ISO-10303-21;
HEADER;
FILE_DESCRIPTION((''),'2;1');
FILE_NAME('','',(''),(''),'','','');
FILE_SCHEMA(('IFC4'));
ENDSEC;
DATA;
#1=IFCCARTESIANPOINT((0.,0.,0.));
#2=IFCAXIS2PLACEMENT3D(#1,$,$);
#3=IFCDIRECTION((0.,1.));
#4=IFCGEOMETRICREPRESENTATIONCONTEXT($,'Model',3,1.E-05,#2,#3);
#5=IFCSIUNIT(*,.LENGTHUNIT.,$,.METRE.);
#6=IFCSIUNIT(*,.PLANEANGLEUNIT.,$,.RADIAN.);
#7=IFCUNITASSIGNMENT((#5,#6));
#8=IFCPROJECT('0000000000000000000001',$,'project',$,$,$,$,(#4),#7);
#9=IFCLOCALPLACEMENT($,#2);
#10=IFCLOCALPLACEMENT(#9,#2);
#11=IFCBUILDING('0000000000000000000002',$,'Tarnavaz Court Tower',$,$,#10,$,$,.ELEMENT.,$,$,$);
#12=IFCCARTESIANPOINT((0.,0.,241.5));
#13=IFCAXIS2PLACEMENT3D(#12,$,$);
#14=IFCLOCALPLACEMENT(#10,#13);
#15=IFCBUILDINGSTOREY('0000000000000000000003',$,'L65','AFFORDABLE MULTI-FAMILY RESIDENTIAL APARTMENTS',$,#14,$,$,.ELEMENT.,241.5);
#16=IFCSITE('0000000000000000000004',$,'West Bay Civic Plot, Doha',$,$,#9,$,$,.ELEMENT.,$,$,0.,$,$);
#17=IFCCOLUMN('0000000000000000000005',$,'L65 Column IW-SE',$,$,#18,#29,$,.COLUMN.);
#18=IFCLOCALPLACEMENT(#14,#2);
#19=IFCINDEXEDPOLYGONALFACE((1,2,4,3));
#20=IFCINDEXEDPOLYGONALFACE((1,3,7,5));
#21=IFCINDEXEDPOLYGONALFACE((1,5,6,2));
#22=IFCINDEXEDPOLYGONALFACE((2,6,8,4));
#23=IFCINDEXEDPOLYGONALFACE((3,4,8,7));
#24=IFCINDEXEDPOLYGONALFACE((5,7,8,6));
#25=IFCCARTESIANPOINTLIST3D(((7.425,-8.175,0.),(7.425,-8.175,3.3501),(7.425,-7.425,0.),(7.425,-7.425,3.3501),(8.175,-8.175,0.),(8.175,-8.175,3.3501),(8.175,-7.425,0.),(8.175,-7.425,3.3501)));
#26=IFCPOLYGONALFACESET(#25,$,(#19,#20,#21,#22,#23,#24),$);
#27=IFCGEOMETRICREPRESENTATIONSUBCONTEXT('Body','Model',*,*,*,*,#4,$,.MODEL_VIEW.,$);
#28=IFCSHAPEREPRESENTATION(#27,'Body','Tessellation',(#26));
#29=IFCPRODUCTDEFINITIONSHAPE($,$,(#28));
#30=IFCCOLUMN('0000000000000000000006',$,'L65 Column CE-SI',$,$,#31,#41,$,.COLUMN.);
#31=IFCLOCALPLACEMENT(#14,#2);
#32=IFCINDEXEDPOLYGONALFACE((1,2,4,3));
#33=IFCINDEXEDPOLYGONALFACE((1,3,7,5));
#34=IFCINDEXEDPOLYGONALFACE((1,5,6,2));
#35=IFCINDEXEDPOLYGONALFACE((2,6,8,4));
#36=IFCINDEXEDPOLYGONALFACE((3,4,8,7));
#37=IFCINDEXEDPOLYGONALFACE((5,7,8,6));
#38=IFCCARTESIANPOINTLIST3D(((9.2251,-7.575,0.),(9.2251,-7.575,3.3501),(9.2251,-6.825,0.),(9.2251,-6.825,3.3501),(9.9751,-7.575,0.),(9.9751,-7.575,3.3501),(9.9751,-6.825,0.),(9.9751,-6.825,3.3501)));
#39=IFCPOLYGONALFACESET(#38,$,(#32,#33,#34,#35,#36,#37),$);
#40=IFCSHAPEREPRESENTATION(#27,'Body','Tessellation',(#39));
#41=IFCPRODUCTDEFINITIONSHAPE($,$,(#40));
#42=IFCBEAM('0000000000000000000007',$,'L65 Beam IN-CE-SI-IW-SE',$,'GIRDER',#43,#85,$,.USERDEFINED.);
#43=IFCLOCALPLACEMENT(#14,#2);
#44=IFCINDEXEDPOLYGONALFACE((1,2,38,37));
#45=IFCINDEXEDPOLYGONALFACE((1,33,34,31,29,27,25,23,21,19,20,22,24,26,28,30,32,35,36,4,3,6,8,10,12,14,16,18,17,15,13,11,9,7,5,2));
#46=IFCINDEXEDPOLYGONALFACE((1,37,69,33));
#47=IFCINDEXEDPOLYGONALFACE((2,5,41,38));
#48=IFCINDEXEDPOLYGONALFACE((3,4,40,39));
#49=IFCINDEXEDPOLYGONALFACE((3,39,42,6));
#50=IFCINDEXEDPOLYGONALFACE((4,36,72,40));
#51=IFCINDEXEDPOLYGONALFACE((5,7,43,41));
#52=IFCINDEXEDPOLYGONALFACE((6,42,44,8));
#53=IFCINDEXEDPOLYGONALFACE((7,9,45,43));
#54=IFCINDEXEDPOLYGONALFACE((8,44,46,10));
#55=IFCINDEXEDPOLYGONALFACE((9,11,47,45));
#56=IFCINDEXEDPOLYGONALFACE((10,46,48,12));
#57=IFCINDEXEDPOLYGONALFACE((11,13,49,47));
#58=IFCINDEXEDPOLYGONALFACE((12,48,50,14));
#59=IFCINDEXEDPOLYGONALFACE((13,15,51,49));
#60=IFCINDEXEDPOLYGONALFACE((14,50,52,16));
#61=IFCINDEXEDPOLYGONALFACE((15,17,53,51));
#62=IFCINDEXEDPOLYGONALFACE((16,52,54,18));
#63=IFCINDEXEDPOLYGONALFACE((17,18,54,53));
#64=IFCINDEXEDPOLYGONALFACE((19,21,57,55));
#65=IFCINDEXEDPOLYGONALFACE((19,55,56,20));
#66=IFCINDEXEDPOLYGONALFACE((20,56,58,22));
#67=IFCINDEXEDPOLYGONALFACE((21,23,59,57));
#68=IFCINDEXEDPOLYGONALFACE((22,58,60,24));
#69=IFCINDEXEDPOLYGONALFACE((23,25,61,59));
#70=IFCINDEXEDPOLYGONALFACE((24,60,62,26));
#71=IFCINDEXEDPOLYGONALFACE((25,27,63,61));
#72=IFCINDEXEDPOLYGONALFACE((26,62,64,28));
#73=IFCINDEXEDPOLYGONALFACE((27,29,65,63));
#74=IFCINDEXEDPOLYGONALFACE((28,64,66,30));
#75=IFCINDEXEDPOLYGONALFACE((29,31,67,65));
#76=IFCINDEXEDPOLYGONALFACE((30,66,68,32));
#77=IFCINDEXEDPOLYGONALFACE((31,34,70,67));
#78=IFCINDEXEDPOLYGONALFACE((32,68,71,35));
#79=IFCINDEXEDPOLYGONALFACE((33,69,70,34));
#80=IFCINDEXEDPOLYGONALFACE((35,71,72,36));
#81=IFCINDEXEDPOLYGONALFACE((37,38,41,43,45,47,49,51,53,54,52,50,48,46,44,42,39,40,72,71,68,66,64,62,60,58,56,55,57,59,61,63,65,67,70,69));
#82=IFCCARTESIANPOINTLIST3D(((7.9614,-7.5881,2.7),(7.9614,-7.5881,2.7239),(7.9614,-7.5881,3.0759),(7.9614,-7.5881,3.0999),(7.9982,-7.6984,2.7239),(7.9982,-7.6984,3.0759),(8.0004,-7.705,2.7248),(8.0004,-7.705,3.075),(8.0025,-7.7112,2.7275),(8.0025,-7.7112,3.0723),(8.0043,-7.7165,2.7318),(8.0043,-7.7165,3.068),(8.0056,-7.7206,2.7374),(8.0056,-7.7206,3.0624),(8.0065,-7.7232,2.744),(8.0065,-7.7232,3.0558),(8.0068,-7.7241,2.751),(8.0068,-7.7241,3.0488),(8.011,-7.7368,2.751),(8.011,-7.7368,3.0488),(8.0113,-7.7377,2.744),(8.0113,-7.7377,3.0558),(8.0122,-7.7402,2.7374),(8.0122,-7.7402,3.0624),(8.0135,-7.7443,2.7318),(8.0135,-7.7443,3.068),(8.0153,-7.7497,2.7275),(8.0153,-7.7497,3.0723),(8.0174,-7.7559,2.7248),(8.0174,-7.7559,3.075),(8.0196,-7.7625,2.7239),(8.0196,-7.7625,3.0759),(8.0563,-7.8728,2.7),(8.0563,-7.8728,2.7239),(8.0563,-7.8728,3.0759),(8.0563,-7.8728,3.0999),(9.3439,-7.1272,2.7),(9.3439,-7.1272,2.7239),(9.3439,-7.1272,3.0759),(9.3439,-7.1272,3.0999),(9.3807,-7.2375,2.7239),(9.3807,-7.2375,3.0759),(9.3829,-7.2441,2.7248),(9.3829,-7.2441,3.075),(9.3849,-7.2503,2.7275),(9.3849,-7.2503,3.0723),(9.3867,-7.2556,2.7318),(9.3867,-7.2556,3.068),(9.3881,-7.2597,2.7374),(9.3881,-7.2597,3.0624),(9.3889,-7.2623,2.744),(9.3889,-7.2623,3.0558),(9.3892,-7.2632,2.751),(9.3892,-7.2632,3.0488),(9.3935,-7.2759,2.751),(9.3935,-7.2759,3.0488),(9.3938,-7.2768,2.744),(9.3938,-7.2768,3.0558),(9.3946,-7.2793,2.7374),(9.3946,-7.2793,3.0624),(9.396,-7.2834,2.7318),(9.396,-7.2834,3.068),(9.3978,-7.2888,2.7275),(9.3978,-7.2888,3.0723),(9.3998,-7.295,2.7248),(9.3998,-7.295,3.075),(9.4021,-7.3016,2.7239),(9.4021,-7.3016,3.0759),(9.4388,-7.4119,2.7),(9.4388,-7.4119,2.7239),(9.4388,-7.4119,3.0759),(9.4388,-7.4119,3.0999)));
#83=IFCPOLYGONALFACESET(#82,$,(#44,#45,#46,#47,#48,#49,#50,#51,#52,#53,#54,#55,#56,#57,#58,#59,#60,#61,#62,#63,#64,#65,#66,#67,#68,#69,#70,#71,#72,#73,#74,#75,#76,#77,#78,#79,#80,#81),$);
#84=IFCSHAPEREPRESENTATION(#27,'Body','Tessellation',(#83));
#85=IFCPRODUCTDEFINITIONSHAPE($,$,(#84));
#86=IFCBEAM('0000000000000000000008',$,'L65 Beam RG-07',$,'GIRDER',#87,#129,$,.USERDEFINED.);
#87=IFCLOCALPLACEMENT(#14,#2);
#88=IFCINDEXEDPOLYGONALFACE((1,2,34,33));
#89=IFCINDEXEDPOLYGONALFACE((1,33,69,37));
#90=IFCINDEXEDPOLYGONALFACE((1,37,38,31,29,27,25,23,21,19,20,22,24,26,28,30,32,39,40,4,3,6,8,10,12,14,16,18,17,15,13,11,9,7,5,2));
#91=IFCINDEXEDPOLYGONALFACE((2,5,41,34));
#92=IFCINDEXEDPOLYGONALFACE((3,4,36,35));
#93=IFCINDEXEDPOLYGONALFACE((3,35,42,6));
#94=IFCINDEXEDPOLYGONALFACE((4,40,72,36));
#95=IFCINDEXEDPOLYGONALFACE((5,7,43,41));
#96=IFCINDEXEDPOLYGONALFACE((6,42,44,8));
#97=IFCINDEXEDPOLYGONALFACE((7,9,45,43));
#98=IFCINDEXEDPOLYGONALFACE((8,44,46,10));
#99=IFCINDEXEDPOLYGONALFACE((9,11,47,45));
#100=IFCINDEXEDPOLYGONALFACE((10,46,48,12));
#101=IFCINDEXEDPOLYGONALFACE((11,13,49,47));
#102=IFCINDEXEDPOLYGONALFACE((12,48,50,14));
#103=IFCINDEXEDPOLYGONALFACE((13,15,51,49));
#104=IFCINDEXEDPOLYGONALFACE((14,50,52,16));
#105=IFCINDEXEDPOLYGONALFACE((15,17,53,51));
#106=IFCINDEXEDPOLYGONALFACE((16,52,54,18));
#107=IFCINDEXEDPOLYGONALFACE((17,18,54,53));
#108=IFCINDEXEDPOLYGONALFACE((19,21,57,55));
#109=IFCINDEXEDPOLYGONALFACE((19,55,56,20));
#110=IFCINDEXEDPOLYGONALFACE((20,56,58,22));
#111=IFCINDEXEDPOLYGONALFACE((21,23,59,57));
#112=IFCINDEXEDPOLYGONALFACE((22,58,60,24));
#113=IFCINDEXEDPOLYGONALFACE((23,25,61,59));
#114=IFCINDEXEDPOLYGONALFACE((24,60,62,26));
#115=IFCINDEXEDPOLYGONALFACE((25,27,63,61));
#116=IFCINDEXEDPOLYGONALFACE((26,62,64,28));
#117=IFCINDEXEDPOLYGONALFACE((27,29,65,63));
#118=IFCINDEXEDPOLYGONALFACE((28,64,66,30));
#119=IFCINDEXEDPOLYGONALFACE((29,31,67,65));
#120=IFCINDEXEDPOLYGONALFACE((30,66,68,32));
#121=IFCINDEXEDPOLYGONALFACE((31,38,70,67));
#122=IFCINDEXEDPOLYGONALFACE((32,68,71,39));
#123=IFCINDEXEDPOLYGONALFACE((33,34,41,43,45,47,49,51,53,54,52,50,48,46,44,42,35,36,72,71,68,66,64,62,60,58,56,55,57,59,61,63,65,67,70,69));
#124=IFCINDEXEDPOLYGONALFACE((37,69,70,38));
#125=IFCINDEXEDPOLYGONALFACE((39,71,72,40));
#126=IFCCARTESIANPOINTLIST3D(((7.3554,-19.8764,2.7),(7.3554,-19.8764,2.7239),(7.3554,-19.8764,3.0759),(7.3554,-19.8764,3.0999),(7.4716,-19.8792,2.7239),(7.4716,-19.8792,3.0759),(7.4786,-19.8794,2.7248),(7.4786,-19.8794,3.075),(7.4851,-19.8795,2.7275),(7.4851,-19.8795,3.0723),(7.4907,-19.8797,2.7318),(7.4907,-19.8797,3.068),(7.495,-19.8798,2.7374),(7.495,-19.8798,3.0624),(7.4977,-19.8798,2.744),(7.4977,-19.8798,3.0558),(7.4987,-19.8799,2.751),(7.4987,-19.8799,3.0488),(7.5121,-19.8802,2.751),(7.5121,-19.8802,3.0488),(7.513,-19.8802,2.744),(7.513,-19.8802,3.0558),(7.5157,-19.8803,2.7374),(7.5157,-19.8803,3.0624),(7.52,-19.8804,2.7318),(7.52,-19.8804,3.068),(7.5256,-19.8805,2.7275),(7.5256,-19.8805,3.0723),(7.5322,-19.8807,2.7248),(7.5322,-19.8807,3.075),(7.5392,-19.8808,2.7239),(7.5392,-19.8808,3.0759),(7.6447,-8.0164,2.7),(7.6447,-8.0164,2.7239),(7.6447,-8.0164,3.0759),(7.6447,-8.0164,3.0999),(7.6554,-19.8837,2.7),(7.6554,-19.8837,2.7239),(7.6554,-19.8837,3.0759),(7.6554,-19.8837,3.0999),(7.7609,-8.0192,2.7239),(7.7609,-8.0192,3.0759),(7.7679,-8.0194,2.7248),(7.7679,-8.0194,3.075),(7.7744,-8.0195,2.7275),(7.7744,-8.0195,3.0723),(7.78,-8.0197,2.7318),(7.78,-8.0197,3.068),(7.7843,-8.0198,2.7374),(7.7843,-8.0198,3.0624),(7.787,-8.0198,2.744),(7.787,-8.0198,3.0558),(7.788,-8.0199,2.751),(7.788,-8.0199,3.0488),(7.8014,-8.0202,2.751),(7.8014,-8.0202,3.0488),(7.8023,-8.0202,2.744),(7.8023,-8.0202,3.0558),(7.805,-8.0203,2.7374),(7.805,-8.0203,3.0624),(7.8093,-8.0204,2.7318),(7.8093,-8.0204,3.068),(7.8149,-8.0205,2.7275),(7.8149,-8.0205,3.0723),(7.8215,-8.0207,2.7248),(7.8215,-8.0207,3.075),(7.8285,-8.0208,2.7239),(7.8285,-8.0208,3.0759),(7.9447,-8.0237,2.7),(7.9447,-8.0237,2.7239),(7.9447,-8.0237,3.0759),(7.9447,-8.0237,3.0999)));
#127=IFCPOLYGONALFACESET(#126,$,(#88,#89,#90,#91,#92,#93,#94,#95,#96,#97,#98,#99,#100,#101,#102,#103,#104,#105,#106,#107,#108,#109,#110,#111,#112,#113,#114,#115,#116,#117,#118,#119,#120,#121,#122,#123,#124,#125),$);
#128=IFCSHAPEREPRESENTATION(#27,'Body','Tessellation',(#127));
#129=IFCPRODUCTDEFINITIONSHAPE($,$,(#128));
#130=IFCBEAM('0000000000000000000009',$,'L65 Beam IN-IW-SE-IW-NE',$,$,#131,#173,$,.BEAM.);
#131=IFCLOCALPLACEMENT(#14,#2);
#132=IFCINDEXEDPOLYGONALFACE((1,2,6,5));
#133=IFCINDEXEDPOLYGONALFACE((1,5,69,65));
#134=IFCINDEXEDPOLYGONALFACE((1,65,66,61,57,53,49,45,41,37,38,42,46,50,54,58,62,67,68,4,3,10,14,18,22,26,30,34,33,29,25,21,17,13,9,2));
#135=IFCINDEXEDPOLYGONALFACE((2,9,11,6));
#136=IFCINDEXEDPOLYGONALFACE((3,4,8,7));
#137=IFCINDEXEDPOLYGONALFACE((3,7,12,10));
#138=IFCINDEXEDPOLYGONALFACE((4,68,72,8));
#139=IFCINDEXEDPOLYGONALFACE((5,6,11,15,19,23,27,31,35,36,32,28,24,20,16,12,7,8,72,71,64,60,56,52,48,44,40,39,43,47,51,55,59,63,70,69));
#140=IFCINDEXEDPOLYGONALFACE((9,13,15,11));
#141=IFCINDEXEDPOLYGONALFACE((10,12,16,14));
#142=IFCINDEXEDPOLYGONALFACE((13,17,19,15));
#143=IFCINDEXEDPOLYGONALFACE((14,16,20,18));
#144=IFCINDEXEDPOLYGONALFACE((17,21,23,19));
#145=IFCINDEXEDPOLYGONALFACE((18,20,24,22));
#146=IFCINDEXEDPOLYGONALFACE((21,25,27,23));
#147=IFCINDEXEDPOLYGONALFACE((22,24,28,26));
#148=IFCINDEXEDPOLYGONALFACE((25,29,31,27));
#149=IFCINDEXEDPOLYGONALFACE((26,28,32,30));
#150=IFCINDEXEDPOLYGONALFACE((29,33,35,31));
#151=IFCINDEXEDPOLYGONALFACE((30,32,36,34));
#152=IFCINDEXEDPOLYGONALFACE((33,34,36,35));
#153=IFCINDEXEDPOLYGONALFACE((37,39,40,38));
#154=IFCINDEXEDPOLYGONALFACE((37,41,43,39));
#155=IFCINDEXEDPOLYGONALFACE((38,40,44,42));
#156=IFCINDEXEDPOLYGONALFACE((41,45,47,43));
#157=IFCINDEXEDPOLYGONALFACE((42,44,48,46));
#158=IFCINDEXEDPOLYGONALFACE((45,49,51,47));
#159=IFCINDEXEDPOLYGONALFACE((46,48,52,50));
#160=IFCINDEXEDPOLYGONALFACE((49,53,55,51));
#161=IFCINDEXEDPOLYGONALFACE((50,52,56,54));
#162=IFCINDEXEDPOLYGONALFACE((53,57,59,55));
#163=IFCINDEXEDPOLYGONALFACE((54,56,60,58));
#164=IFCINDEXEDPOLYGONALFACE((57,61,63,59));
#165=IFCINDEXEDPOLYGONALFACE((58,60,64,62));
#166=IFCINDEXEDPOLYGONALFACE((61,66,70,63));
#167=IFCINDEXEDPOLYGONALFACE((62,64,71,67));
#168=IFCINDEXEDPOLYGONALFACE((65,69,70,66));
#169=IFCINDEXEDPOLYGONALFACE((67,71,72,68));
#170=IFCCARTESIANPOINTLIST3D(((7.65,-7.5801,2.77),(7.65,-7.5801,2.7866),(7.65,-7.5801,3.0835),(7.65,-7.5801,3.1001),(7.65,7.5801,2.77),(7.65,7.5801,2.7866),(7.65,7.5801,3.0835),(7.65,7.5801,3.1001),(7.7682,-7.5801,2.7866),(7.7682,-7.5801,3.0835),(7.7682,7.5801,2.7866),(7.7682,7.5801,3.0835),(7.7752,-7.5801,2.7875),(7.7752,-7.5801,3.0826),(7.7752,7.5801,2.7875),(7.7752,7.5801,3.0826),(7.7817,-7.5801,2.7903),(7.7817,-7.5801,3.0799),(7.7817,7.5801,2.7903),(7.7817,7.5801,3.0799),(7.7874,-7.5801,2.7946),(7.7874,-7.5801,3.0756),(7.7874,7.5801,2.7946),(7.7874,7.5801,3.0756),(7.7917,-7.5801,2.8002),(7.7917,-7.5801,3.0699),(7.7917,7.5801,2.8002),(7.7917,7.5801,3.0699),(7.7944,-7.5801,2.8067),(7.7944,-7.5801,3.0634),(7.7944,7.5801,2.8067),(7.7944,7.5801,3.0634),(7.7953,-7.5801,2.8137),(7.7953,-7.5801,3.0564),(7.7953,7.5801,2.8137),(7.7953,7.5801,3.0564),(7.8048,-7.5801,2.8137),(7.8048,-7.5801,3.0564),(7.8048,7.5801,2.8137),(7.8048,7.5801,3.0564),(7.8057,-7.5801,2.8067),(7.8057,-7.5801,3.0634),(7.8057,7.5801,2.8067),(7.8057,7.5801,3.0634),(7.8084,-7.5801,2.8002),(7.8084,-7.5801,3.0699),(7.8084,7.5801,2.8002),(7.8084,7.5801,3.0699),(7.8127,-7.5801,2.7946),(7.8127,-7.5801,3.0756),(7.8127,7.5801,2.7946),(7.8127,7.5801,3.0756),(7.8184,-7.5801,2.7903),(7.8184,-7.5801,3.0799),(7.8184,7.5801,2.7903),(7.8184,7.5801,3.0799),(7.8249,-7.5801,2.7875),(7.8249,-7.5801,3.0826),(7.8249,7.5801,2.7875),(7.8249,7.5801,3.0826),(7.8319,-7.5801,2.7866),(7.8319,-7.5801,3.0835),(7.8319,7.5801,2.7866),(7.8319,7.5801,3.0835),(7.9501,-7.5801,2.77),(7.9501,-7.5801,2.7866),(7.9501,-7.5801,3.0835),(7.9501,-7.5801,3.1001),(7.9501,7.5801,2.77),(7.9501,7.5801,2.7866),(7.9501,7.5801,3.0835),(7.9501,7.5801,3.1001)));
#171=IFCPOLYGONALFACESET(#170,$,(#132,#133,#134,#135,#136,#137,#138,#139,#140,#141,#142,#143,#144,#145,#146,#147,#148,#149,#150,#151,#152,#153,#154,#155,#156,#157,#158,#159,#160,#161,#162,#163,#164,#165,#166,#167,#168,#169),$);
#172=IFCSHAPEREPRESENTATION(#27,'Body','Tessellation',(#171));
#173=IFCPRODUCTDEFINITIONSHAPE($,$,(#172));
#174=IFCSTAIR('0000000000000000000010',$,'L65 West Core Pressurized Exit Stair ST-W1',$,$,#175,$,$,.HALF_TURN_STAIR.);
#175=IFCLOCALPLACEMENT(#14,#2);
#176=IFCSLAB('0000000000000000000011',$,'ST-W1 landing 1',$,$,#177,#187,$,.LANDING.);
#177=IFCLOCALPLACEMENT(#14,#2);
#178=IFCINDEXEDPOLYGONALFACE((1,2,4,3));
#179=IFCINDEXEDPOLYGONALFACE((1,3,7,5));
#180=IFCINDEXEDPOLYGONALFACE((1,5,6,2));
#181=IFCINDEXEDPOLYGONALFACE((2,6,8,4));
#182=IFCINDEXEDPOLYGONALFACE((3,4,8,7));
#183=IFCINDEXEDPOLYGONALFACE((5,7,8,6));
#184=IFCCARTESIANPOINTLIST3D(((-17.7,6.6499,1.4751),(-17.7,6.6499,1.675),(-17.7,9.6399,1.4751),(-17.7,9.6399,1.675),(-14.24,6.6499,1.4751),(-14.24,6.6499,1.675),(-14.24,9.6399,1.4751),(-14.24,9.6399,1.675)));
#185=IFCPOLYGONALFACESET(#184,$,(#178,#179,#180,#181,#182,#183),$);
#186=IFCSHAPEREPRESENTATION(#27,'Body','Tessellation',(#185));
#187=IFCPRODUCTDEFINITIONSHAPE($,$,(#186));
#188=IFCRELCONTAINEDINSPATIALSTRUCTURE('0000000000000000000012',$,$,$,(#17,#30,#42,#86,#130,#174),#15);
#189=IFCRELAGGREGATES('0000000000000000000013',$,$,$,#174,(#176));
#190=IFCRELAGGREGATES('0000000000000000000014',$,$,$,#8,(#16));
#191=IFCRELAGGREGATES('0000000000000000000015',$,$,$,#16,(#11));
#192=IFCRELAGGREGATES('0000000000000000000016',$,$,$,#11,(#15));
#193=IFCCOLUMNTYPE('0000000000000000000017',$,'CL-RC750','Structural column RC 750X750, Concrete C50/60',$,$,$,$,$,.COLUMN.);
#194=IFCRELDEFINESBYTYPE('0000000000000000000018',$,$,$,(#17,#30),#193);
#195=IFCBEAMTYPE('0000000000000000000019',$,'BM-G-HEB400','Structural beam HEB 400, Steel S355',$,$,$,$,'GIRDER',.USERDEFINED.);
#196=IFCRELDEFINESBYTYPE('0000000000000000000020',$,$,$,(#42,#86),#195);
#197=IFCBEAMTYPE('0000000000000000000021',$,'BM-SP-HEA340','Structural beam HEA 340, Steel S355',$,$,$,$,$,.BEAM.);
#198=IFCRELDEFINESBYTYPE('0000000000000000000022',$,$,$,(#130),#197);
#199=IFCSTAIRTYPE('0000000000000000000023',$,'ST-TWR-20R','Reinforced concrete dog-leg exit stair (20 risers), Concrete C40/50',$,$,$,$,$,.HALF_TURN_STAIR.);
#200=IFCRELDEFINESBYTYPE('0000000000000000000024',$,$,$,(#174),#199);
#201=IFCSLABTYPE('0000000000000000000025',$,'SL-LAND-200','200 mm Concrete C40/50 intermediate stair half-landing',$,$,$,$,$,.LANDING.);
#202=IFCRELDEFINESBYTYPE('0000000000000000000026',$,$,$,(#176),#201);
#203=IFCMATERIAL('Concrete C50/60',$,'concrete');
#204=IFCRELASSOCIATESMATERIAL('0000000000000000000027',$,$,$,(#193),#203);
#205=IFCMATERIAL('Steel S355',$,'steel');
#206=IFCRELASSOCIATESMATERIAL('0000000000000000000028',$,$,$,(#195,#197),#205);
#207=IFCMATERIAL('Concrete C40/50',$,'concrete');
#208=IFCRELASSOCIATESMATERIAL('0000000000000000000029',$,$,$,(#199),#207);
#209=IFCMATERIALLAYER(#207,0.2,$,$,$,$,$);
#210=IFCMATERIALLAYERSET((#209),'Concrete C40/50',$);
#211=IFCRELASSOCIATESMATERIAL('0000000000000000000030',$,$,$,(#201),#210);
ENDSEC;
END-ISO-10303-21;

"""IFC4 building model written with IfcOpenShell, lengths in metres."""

from ifc_helpers import new_model, si_unit, direction, frame, origin, origin_2d, place, context, subcontext, project, spatial, polyline, rectangle, i_section, outline, extrude, material, layer, layer_set, material_profile, profile_set, type_object, element, aggregate, save


model = new_model("IFC4")

# Units and contexts
model_context = context("Model", 3, precision=1e-05, world=origin(), true_north=direction((0.0, 1.0)))
body_context = subcontext(model_context, "Body", "Model", "MODEL_VIEW")
ifc_project = project(units=[si_unit("LENGTHUNIT", "METRE"), si_unit("PLANEANGLEUNIT", "RADIAN")], contexts=[model_context])

# Site, building, storey
site_placement = place(None, origin())
site = spatial("IfcSite", under=ifc_project, at=site_placement, Name="West Bay Civic Plot, Doha", CompositionType="ELEMENT", RefElevation=0.0)
building_placement = place(site_placement, origin())
building = spatial("IfcBuilding", under=site, at=building_placement, Name="Tarnavaz Court Tower", CompositionType="ELEMENT")
storey_placement = place(building_placement, frame((0.0, 0.0, 241.5)))
storey = spatial("IfcBuildingStorey", under=building, at=storey_placement, Name="L65", Description="AFFORDABLE MULTI-FAMILY RESIDENTIAL APARTMENTS", CompositionType="ELEMENT", Elevation=241.5)

# Columns
ifc_material_1 = material(Name="Concrete C50/60", Category="concrete")
ifc_material_profile_1 = material_profile(ifc_material_1, rectangle(XDim=0.75, YDim=0.75, at=origin_2d()), Name="RC 750X750")
ifc_profile_set_1 = profile_set([ifc_material_profile_1], Name="Concrete C50/60")
column_type = type_object("IfcColumnType", Name="CL-RC750", Description="Structural column RC 750X750, Concrete C50/60", PredefinedType="COLUMN", material=ifc_profile_set_1)
for number, where, z_axis, x_axis, name in (
    (1, (7.8, -7.8, 0.0), (0.0, 0.0, 1.0), (1.0, 0.0, 0.0), "L65 Column IW-SE"),
    (2, (9.6001, -7.2, 0.0), (0.0, 0.0, 1.0), (1.0, 0.0, 0.0), "L65 Column CE-SI"),
):
    element("IfcColumn", number, at=place(storey_placement, frame(where, z_axis=z_axis, x_axis=x_axis)), inside=storey, type_object=column_type, Name=name, PredefinedType="COLUMN", context=body_context, shape_type="SweptSolid", body=[
        extrude(rectangle(XDim=0.75, YDim=0.75, at=origin_2d()), origin(), (0.0, 0.0, 1.0), 3.3501),
    ])

# Beams
ifc_material_2 = material(Name="Steel S355", Category="steel")
ifc_material_profile_2 = material_profile(ifc_material_2, i_section(OverallWidth=0.3, OverallDepth=0.3999, WebThickness=0.0134, FlangeThickness=0.0239, FilletRadius=0.0271, at=origin_2d()), Name="HEB 400")
ifc_profile_set_2 = profile_set([ifc_material_profile_2], Name="Steel S355")
beam_type_1 = type_object("IfcBeamType", Name="BM-G-HEB400", Description="Structural beam HEB 400, Steel S355", ElementType="GIRDER", PredefinedType="USERDEFINED", material=ifc_profile_set_2)
beam_1_placement = place(storey_placement, frame((9.3914, -7.2695, 2.8999), z_axis=(-0.948667, -0.316278, 0.0), x_axis=(0.316278, -0.948667, 0.0)))
element("IfcBeam", 3, at=beam_1_placement, inside=storey, type_object=beam_type_1, Name="L65 Beam IN-CE-SI-IW-SE", ObjectType="GIRDER", PredefinedType="USERDEFINED", context=body_context, shape_type="SweptSolid", body=[
    extrude(i_section(OverallWidth=0.3, OverallDepth=0.3999, WebThickness=0.0134, FlangeThickness=0.0239, FilletRadius=0.0271, at=origin_2d()), origin(), (0.0, 0.0, 1.0), 1.4573),
])
beam_2_placement = place(storey_placement, frame((7.7947, -8.02, 2.8999), z_axis=(-0.024386, -0.999703, 0.0), x_axis=(0.999703, -0.024386, 0.0)))
element("IfcBeam", 4, at=beam_2_placement, inside=storey, type_object=beam_type_1, Name="L65 Beam RG-07", ObjectType="GIRDER", PredefinedType="USERDEFINED", context=body_context, shape_type="SweptSolid", body=[
    extrude(i_section(OverallWidth=0.3, OverallDepth=0.3999, WebThickness=0.0134, FlangeThickness=0.0239, FilletRadius=0.0271, at=origin_2d()), origin(), (0.0, 0.0, 1.0), 11.8635),
])
ifc_material_profile_3 = material_profile(ifc_material_2, i_section(OverallWidth=0.3, OverallDepth=0.3301, WebThickness=0.0095, FlangeThickness=0.0166, FilletRadius=0.0271, at=origin_2d()), Name="HEA 340")
ifc_profile_set_3 = profile_set([ifc_material_profile_3], Name="Steel S355")
beam_type_2 = type_object("IfcBeamType", Name="BM-SP-HEA340", Description="Structural beam HEA 340, Steel S355", PredefinedType="BEAM", material=ifc_profile_set_3)
beam_3_placement = place(storey_placement, frame((7.8, -7.5801, 2.9351), z_axis=(0.0, 1.0, 0.0), x_axis=(-1.0, 0.0, 0.0)))
element("IfcBeam", 5, at=beam_3_placement, inside=storey, type_object=beam_type_2, Name="L65 Beam IN-IW-SE-IW-NE", PredefinedType="BEAM", context=body_context, shape_type="SweptSolid", body=[
    extrude(i_section(OverallWidth=0.3, OverallDepth=0.3301, WebThickness=0.0095, FlangeThickness=0.0166, FilletRadius=0.0271, at=origin_2d()), origin(), (0.0, 0.0, 1.0), 15.1602),
])

# Stair, slab
ifc_material_3 = material(Name="Concrete C40/50", Category="concrete")
stair_type = type_object("IfcStairType", Name="ST-TWR-20R", Description="Reinforced concrete dog-leg exit stair (20 risers), Concrete C40/50", PredefinedType="HALF_TURN_STAIR", material=ifc_material_3)
stair_1_placement = place(storey_placement, origin())
stair_1 = element("IfcStair", 6, at=stair_1_placement, inside=storey, type_object=stair_type, Name="L65 West Core Pressurized Exit Stair ST-W1", PredefinedType="HALF_TURN_STAIR")
ifc_layer_1 = layer(ifc_material_3, 0.2)
ifc_layer_set_1 = layer_set([ifc_layer_1], Name="Concrete C40/50")
slab_type_1 = type_object("IfcSlabType", Name="SL-LAND-200", Description="200 mm Concrete C40/50 intermediate stair half-landing", PredefinedType="LANDING", material=ifc_layer_set_1)
slab_1_placement = place(storey_placement, frame((0.0, 0.0, 1.4751)))
slab_1 = element("IfcSlab", 7, at=slab_1_placement, type_object=slab_type_1, Name="ST-W1 landing 1", PredefinedType="LANDING", context=body_context, shape_type="SweptSolid", body=[
    extrude(outline(polyline([(-14.24, 9.6399), (-17.7, 9.6399), (-17.7, 6.6499), (-14.24, 6.6499), (-14.24, 9.6399)])), origin(), (0.0, 0.0, 1.0), 0.2),
])
aggregate(stair_1, [slab_1])

save(model, "model.ifc")
